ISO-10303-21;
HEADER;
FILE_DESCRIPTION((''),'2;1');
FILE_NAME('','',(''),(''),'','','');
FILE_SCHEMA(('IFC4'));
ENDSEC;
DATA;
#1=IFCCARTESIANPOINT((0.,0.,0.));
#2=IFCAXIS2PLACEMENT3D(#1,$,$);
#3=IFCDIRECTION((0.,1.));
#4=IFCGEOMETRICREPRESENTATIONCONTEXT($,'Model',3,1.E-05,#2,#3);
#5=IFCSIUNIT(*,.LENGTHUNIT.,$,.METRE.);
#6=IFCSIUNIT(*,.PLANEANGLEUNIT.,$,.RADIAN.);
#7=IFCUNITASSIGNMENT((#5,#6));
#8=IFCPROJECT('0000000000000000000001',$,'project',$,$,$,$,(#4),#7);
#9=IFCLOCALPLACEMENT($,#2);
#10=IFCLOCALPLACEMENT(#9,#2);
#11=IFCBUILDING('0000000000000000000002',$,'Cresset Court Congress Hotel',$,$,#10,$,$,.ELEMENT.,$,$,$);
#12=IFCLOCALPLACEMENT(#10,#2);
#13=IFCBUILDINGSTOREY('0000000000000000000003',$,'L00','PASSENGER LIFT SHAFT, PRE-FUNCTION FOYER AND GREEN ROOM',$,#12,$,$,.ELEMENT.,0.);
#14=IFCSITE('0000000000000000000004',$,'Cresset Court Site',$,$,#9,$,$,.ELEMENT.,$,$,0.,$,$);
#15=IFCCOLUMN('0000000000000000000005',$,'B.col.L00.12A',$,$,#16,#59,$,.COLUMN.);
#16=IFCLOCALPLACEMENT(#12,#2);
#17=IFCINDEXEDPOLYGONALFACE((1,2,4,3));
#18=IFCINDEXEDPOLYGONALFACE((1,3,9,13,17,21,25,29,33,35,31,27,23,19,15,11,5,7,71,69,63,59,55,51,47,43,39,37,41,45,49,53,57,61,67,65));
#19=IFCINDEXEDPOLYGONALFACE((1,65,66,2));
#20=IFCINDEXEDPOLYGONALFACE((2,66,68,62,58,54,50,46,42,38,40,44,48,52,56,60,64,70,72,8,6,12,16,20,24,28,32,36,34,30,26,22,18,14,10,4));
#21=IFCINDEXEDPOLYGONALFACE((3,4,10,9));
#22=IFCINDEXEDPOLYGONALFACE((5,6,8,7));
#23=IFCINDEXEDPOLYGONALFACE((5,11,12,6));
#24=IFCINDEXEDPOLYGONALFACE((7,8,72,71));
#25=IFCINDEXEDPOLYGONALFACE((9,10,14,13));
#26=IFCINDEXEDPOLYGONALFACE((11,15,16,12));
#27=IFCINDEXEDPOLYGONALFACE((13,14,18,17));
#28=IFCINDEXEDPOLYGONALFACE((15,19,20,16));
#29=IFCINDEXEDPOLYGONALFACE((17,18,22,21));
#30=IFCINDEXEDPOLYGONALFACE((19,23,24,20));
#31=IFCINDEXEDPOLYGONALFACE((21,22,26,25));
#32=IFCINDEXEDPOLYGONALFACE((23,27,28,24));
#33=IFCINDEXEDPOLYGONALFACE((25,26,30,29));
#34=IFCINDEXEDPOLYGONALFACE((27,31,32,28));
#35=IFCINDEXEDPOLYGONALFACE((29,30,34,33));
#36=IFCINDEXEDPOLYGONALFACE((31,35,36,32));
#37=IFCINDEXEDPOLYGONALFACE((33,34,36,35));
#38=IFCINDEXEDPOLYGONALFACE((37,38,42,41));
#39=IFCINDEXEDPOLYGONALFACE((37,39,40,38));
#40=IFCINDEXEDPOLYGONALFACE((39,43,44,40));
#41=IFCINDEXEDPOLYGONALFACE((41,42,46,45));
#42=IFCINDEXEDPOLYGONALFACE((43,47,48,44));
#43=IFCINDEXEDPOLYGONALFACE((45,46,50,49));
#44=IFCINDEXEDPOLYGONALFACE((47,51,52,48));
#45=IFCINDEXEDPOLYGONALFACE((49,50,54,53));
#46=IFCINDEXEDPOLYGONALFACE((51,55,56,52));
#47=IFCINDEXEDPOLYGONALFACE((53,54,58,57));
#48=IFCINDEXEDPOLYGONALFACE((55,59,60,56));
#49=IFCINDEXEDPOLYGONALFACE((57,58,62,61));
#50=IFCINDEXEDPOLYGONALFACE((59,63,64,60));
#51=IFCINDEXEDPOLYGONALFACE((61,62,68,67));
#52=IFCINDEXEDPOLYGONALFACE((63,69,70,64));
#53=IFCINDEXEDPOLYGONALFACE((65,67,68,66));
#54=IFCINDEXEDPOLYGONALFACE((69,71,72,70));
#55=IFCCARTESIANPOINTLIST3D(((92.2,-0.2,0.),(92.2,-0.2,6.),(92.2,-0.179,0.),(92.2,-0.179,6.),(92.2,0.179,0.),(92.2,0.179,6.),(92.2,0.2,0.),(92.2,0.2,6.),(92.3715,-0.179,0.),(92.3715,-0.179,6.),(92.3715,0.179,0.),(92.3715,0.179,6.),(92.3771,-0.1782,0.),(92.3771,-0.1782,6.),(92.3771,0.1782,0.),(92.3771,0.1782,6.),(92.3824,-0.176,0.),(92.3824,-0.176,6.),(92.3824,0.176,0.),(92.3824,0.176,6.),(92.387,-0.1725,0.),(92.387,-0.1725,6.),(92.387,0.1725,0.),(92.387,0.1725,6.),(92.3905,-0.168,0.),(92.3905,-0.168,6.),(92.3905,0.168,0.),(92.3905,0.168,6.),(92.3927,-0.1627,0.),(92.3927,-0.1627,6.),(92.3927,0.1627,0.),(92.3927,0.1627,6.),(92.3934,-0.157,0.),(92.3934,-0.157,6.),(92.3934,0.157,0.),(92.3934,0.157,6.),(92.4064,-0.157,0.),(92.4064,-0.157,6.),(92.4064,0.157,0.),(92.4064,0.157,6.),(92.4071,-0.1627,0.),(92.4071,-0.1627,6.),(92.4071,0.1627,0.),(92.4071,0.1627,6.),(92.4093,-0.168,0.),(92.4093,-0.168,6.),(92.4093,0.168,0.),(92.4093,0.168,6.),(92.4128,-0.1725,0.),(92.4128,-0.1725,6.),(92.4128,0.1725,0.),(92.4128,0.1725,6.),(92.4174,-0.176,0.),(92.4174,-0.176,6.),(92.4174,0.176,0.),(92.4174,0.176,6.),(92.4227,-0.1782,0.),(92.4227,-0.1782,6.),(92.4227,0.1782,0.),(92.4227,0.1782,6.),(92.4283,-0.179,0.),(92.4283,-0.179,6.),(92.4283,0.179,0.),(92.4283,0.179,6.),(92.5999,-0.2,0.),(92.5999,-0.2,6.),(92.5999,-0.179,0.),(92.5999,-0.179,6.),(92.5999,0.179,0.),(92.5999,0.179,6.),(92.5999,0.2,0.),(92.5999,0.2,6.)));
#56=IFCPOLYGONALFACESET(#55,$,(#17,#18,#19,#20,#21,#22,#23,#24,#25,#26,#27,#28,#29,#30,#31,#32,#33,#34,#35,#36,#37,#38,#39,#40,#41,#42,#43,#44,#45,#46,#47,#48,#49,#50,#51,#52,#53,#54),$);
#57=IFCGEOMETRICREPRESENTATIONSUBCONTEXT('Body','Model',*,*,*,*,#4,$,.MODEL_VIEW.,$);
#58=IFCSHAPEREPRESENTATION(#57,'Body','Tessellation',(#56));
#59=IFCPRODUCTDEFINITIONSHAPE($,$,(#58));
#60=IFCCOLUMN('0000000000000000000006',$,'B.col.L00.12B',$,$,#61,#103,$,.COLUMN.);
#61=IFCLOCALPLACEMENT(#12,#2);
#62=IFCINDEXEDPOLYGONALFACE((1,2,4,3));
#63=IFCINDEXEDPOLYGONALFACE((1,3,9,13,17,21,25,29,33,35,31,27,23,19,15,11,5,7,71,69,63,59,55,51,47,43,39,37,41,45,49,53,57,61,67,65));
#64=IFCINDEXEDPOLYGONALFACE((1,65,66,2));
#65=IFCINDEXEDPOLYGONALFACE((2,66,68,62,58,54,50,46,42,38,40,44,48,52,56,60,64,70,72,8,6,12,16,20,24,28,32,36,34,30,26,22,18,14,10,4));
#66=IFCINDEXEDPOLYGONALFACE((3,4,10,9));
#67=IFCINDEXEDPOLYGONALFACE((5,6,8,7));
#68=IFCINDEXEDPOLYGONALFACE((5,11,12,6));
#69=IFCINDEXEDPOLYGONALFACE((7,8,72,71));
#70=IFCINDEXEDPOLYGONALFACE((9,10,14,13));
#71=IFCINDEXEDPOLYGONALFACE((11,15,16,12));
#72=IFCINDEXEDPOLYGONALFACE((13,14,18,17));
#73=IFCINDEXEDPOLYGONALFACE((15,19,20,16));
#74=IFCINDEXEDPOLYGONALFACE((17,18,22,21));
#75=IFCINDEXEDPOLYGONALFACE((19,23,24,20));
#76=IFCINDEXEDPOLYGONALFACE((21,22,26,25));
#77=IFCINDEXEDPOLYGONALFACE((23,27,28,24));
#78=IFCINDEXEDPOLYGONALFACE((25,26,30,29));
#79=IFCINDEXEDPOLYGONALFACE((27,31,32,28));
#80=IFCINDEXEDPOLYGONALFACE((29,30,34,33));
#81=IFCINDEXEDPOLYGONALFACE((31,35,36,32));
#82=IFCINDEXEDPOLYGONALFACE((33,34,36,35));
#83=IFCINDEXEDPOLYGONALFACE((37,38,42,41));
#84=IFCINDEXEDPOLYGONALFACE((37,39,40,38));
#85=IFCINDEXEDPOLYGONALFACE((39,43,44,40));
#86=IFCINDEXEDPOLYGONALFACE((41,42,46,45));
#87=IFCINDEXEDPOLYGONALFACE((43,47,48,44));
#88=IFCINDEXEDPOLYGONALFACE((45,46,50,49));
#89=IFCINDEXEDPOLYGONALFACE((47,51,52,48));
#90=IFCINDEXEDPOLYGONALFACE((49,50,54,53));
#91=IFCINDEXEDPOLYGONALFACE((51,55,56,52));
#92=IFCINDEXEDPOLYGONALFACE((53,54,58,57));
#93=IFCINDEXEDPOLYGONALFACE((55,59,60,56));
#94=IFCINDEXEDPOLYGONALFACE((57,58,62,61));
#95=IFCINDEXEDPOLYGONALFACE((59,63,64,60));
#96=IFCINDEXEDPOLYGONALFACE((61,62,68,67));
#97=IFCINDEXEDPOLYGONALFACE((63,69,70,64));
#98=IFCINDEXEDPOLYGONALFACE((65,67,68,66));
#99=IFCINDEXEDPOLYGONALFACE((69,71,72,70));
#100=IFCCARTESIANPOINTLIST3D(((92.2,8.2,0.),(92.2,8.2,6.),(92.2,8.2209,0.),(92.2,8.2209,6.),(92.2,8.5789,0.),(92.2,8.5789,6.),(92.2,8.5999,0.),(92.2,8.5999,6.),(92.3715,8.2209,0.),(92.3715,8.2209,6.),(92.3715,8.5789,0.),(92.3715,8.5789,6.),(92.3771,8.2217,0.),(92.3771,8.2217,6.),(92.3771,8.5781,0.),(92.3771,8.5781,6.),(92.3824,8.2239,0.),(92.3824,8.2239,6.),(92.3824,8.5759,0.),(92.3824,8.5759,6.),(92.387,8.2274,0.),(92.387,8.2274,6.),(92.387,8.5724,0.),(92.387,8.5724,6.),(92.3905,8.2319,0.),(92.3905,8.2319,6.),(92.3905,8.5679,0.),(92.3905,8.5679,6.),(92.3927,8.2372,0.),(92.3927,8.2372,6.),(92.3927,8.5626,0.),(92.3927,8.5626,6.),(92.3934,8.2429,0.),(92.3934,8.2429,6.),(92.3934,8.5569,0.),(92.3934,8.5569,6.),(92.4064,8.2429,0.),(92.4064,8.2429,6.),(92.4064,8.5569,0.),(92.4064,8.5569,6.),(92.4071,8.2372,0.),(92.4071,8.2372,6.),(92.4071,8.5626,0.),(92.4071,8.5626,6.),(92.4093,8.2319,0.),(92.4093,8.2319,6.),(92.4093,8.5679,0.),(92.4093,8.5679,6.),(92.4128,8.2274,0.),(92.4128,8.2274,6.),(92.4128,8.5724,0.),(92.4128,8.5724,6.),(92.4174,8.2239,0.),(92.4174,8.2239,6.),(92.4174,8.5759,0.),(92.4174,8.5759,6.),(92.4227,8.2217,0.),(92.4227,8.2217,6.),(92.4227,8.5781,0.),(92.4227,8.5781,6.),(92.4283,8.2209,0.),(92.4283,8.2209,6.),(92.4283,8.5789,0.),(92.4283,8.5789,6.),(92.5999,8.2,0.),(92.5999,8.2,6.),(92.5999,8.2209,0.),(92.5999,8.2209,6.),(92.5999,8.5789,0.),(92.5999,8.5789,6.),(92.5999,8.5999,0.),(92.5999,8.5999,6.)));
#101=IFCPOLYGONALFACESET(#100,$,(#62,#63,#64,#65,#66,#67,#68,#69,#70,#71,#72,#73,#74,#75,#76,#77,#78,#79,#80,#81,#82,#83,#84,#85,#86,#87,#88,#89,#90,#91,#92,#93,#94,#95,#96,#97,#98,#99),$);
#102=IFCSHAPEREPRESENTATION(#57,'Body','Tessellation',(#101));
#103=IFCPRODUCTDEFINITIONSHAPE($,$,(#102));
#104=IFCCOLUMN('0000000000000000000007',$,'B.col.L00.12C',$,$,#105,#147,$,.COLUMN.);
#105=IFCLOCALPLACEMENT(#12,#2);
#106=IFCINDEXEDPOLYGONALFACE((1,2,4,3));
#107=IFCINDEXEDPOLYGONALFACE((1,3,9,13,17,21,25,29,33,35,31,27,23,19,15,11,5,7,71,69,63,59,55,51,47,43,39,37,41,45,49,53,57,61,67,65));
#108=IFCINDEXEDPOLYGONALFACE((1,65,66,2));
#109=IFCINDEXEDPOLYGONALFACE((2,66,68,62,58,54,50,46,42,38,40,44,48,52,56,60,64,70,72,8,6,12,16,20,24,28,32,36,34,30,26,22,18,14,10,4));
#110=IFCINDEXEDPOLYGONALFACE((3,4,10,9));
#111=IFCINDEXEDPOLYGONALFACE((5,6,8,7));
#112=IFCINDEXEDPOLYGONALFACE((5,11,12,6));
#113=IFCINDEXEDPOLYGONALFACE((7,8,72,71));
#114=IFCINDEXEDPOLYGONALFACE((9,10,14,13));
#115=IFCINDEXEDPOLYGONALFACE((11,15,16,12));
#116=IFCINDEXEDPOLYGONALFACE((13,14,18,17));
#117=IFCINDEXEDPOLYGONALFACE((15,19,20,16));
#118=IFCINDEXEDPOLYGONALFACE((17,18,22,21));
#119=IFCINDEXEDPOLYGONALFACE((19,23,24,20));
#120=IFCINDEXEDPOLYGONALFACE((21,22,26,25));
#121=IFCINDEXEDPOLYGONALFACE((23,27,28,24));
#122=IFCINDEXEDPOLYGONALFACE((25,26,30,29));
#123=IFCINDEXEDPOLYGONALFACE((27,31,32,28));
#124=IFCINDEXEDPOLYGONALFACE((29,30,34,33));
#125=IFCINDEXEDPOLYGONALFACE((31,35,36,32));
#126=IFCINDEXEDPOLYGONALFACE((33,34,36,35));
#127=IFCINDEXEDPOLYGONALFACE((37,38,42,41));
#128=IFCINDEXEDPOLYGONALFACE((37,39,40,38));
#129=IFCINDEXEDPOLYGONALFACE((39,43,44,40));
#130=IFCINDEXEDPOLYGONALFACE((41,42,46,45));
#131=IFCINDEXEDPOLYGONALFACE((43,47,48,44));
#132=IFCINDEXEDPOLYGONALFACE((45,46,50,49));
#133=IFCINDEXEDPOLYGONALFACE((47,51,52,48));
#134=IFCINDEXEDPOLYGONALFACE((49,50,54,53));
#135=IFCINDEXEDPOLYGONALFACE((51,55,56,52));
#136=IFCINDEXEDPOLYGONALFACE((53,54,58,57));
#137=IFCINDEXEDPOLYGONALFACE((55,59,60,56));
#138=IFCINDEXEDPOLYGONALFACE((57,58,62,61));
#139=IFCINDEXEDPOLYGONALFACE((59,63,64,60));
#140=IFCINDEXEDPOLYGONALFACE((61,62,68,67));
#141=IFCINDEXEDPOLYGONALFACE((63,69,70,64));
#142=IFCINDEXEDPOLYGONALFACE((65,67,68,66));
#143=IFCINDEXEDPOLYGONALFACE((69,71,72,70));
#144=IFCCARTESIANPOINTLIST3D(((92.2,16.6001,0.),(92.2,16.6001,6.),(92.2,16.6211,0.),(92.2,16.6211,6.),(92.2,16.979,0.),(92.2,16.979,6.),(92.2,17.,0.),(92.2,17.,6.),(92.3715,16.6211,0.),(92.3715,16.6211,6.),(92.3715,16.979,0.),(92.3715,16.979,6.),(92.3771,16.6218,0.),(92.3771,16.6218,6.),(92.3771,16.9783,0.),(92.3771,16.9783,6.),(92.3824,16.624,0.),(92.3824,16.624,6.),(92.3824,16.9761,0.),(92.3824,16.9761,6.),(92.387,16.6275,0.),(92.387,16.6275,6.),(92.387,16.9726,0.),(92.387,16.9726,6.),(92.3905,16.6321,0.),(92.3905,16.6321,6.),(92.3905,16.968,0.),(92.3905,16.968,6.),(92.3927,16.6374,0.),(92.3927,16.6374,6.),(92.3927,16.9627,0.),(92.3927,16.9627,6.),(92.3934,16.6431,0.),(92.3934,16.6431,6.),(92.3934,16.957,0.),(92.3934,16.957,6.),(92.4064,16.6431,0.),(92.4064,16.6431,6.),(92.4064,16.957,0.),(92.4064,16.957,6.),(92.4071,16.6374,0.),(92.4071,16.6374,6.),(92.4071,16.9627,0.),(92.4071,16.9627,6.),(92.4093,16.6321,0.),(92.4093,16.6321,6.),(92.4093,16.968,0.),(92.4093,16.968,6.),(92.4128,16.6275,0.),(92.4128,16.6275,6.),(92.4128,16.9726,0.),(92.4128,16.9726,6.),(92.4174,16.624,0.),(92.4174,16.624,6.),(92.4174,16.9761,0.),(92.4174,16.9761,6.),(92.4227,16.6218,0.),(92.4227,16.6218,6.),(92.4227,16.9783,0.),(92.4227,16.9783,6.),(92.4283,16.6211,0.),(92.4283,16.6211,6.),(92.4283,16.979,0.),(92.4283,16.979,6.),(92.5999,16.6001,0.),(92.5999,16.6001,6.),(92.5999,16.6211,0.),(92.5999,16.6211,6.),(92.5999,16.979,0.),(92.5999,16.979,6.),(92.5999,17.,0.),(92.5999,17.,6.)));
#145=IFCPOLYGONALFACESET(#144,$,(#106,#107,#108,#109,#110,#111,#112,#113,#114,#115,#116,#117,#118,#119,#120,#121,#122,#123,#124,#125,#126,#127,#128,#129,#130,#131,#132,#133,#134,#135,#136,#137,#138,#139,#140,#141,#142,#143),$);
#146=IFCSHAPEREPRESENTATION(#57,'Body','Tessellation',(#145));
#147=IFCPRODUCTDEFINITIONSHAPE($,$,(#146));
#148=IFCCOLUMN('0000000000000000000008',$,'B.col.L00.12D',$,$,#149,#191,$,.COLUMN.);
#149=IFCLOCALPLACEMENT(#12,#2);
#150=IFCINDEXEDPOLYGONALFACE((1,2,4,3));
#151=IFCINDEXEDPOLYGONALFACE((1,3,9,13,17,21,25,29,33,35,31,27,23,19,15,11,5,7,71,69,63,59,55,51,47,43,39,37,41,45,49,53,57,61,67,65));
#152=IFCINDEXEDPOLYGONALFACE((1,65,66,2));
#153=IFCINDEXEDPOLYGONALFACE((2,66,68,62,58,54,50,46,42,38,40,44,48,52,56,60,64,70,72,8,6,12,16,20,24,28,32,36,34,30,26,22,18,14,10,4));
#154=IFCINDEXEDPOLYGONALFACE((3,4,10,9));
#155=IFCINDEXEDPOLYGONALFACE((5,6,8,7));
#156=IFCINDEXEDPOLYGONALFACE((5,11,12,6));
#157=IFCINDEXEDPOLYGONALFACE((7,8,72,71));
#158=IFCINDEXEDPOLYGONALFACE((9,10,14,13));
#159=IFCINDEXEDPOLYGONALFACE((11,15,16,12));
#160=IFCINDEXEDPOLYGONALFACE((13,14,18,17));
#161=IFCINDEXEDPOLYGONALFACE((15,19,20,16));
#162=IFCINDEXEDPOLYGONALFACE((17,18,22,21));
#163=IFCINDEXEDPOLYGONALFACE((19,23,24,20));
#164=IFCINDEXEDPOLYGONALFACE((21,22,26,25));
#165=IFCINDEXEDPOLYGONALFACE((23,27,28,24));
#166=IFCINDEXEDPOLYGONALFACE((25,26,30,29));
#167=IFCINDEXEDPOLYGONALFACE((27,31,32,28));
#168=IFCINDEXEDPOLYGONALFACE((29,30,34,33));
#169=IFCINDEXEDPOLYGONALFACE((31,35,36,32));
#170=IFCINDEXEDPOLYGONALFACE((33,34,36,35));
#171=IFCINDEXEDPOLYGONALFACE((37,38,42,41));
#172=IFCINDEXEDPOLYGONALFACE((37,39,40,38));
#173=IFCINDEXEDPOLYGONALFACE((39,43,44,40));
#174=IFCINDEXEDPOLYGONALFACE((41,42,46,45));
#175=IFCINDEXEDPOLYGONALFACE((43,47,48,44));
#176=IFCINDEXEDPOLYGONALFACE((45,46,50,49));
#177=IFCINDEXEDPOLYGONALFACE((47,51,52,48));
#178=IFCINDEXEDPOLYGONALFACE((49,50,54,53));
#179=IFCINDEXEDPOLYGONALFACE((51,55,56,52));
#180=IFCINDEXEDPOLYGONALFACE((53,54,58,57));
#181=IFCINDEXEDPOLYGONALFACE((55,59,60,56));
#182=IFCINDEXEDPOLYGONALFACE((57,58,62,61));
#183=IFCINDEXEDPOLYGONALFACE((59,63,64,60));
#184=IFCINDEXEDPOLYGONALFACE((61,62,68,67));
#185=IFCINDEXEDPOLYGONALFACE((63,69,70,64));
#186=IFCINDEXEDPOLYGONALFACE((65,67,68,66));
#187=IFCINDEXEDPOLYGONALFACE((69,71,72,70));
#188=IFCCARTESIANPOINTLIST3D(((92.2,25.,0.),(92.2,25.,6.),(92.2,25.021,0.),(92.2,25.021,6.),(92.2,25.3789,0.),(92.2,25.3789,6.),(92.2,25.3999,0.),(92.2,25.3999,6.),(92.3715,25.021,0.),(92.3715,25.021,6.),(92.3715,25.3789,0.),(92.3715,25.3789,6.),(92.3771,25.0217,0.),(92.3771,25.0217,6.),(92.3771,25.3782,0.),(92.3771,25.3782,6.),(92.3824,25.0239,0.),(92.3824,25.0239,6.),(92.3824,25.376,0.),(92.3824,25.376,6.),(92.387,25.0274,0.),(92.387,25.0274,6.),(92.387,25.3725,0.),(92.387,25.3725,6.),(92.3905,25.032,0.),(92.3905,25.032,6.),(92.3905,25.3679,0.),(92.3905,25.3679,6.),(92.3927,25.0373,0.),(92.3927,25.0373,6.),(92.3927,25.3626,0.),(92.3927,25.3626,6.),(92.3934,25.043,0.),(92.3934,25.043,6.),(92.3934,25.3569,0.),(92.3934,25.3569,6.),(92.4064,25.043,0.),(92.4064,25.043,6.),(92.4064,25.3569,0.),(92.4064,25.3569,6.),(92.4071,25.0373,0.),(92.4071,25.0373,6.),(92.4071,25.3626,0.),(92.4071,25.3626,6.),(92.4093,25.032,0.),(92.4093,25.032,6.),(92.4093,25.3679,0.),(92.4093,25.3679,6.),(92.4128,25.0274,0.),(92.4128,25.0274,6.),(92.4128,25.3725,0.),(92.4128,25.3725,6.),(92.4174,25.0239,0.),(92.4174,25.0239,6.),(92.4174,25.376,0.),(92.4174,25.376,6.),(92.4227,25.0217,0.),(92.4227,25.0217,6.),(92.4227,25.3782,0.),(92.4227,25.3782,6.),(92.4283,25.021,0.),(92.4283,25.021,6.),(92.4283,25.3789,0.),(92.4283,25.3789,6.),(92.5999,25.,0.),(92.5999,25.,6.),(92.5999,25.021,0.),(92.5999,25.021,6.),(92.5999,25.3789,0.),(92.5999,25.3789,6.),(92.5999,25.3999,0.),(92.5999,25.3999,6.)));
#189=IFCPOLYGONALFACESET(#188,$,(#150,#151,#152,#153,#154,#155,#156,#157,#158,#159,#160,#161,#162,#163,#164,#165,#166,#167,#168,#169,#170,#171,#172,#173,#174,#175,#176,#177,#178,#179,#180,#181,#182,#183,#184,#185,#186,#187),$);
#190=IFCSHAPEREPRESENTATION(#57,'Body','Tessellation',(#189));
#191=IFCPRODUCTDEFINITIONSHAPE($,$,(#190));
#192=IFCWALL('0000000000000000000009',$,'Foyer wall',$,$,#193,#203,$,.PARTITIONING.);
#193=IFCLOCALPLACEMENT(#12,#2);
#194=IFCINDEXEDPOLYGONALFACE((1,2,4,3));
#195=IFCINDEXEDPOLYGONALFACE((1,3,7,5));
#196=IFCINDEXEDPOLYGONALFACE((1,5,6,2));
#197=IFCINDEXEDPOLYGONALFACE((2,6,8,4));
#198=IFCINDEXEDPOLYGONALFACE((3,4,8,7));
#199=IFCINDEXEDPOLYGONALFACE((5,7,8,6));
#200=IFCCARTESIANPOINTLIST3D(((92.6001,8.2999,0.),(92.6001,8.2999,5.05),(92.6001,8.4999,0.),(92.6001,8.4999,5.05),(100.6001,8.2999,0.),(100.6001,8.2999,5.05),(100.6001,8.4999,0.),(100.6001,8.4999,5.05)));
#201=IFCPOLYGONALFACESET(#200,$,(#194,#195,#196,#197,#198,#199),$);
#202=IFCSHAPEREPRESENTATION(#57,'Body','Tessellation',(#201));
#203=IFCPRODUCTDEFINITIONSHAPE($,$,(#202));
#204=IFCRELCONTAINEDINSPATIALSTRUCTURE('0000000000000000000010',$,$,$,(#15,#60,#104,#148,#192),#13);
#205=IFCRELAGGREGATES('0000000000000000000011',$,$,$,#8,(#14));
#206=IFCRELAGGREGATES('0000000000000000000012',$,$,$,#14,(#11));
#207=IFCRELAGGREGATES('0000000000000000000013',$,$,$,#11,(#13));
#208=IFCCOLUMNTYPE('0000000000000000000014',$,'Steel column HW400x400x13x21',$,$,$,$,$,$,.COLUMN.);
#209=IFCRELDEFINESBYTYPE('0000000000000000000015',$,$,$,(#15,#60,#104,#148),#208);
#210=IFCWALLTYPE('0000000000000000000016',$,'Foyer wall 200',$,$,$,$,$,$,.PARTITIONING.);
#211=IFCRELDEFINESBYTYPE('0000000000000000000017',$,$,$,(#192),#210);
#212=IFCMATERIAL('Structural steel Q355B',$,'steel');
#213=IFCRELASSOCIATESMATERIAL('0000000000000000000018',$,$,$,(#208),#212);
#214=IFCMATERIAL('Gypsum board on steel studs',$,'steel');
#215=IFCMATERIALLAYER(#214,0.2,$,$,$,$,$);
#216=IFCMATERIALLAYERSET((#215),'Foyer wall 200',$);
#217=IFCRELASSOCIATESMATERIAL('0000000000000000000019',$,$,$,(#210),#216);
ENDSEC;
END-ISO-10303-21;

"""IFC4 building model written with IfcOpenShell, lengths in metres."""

from ifc_helpers import new_model, si_unit, direction, frame, frame_2d, origin, origin_2d, place, context, subcontext, project, spatial, rectangle, i_section, extrude, material, layer, layer_set, material_profile, profile_set, type_object, element, save


model = new_model("IFC4")

# Units and contexts
model_context = context("Model", 3, precision=1e-05, world=origin(), true_north=direction((0.0, 1.0)))
body_context = subcontext(model_context, "Body", "Model", "MODEL_VIEW")
ifc_project = project(units=[si_unit("LENGTHUNIT", "METRE"), si_unit("PLANEANGLEUNIT", "RADIAN")], contexts=[model_context])

# Site, building, storey
site_placement = place(None, origin())
site = spatial("IfcSite", under=ifc_project, at=site_placement, Name="Cresset Court Site", CompositionType="ELEMENT", RefElevation=0.0)
building_placement = place(site_placement, origin())
building = spatial("IfcBuilding", under=site, at=building_placement, Name="Cresset Court Congress Hotel", CompositionType="ELEMENT")
storey_placement = place(building_placement, origin())
storey = spatial("IfcBuildingStorey", under=building, at=storey_placement, Name="L00", Description="PASSENGER LIFT SHAFT, PRE-FUNCTION FOYER AND GREEN ROOM", CompositionType="ELEMENT", Elevation=0.0)

# Columns
ifc_material_1 = material(Name="Structural steel Q355B", Category="steel")
ifc_material_profile = material_profile(ifc_material_1, i_section(OverallWidth=0.3999, OverallDepth=0.3999, WebThickness=0.0129, FlangeThickness=0.021, FilletRadius=0.022, at=origin_2d()), Name="HW400x400x13x21")
ifc_profile_set = profile_set([ifc_material_profile], Name="Structural steel Q355B")
column_type = type_object("IfcColumnType", Name="Steel column HW400x400x13x21", PredefinedType="COLUMN", material=ifc_profile_set)
for number, where, z_axis, x_axis, name in (
    (1, (92.3999, 0.0, 0.0), (0.0, 0.0, 1.0), (1.0, 0.0, 0.0), "B.col.L00.12A"),
    (2, (92.3999, 8.3999, 0.0), (0.0, 0.0, 1.0), (1.0, 0.0, 0.0), "B.col.L00.12B"),
    (3, (92.3999, 16.8, 0.0), (0.0, 0.0, 1.0), (1.0, 0.0, 0.0), "B.col.L00.12C"),
    (4, (92.3999, 25.2, 0.0), (0.0, 0.0, 1.0), (1.0, 0.0, 0.0), "B.col.L00.12D"),
):
    element("IfcColumn", number, at=place(storey_placement, frame(where, z_axis=z_axis, x_axis=x_axis)), inside=storey, type_object=column_type, Name=name, PredefinedType="COLUMN", context=body_context, shape_type="SweptSolid", body=[
        extrude(i_section(OverallWidth=0.3999, OverallDepth=0.3999, WebThickness=0.0129, FlangeThickness=0.021, FilletRadius=0.022, at=origin_2d()), origin(), (0.0, 0.0, 1.0), 6.0),
    ])

# Wall
ifc_material_2 = material(Name="Gypsum board on steel studs", Category="steel")
ifc_layer_1 = layer(ifc_material_2, 0.2)
ifc_layer_set_1 = layer_set([ifc_layer_1], Name="Foyer wall 200")
wall_type_1 = type_object("IfcWallType", Name="Foyer wall 200", PredefinedType="PARTITIONING", material=ifc_layer_set_1)
wall_1_placement = place(storey_placement, frame((92.6001, 8.3999, 0.0), z_axis=(0.0, 0.0, 1.0), x_axis=(1.0, 0.0, 0.0)))
element("IfcWall", 5, at=wall_1_placement, inside=storey, type_object=wall_type_1, Name="Foyer wall", PredefinedType="PARTITIONING", context=body_context, shape_type="SweptSolid", body=[
    extrude(rectangle(XDim=8.0, YDim=0.2, at=frame_2d((4.0, 0.0))), origin(), (0.0, 0.0, 1.0), 5.05),
])

save(model, "model.ifc")
